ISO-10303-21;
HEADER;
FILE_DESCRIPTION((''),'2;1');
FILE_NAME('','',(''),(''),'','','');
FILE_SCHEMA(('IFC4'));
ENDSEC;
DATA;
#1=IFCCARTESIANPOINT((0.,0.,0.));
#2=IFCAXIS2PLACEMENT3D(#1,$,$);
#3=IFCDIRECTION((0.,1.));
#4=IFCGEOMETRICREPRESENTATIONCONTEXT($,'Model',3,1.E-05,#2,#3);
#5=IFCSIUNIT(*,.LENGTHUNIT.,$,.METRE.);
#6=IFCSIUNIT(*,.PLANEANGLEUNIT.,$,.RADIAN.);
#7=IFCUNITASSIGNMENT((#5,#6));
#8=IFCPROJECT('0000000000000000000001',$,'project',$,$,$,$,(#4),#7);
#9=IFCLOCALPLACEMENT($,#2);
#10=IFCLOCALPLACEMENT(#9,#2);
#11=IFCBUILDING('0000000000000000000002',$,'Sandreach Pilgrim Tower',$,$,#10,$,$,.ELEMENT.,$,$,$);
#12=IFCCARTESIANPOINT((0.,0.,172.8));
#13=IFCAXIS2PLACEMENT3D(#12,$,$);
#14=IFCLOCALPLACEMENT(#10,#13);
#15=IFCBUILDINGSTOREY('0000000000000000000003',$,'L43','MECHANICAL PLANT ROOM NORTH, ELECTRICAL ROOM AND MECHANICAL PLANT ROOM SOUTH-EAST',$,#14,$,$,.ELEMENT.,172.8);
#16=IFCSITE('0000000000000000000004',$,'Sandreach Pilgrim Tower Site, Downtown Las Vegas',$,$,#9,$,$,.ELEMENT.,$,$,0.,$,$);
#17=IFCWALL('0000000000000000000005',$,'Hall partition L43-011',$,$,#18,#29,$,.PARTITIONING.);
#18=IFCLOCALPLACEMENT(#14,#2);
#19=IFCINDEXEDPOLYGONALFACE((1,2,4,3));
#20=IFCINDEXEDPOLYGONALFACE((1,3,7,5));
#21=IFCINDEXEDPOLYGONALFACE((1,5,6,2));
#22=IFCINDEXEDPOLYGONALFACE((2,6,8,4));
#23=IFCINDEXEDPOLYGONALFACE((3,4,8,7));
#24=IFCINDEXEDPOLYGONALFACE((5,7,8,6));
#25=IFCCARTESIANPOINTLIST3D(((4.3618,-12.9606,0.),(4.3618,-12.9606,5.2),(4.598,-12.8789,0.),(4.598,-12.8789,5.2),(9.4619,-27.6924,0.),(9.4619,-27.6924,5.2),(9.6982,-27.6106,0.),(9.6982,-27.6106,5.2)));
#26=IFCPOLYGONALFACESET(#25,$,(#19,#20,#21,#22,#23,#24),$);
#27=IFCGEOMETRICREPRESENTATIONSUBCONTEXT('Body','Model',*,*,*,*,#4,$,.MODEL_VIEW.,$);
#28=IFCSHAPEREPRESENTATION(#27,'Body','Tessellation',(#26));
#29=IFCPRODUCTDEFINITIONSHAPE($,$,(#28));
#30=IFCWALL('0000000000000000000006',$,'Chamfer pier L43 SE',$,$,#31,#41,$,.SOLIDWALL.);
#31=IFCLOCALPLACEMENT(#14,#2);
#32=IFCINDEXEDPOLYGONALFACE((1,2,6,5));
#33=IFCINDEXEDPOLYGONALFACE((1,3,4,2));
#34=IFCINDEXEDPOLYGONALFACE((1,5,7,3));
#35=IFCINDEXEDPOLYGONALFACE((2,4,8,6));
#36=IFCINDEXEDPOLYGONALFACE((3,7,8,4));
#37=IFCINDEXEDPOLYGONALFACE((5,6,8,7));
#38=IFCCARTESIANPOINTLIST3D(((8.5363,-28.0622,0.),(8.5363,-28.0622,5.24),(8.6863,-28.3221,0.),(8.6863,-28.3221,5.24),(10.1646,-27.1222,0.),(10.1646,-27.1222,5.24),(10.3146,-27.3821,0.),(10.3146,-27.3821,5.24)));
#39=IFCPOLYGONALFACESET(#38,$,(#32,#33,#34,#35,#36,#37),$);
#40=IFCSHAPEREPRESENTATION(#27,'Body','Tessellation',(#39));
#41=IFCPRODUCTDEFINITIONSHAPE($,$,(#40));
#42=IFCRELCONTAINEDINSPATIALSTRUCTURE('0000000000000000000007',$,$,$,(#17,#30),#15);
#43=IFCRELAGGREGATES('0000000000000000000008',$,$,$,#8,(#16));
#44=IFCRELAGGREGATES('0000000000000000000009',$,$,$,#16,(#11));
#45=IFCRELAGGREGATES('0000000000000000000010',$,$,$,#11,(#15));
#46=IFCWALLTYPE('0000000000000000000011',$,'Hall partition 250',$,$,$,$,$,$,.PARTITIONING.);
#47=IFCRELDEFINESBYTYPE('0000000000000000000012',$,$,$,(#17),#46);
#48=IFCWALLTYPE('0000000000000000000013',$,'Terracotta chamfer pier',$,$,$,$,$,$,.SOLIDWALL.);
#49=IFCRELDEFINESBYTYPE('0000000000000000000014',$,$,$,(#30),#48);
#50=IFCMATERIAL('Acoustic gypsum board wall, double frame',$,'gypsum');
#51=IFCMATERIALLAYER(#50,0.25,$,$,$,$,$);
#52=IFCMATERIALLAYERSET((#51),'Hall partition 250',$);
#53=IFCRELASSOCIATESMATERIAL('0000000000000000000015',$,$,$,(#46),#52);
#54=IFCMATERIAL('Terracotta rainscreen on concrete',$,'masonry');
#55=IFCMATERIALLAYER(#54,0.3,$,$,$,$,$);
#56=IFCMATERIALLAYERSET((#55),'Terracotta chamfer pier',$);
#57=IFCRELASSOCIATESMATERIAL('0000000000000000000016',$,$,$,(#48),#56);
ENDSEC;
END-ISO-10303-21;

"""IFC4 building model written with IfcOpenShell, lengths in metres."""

from ifc_helpers import new_model, si_unit, direction, frame, frame_2d, origin, place, context, subcontext, project, spatial, rectangle, extrude, material, layer, layer_set, type_object, element, save


model = new_model("IFC4")

# Units and contexts
model_context = context("Model", 3, precision=1e-05, world=origin(), true_north=direction((0.0, 1.0)))
body_context = subcontext(model_context, "Body", "Model", "MODEL_VIEW")
ifc_project = project(units=[si_unit("LENGTHUNIT", "METRE"), si_unit("PLANEANGLEUNIT", "RADIAN")], contexts=[model_context])

# Site, building, storey
site_placement = place(None, origin())
site = spatial("IfcSite", under=ifc_project, at=site_placement, Name="Sandreach Pilgrim Tower Site, Downtown Las Vegas", CompositionType="ELEMENT", RefElevation=0.0)
building_placement = place(site_placement, origin())
building = spatial("IfcBuilding", under=site, at=building_placement, Name="Sandreach Pilgrim Tower", CompositionType="ELEMENT")
storey_placement = place(building_placement, frame((0.0, 0.0, 172.8)))
storey = spatial("IfcBuildingStorey", under=building, at=storey_placement, Name="L43", Description="MECHANICAL PLANT ROOM NORTH, ELECTRICAL ROOM AND MECHANICAL PLANT ROOM SOUTH-EAST", CompositionType="ELEMENT", Elevation=172.8)

# Walls
ifc_material_1 = material(Name="Acoustic gypsum board wall, double frame", Category="gypsum")
ifc_layer_1 = layer(ifc_material_1, 0.25)
ifc_layer_set_1 = layer_set([ifc_layer_1], Name="Hall partition 250")
wall_type_1 = type_object("IfcWallType", Name="Hall partition 250", PredefinedType="PARTITIONING", material=ifc_layer_set_1)
wall_1_placement = place(storey_placement, frame((9.5801, -27.6516, 0.0), z_axis=(0.0, 0.0, 1.0), x_axis=(-0.327149, 0.944973, 0.0)))
element("IfcWall", 1, at=wall_1_placement, inside=storey, type_object=wall_type_1, Name="Hall partition L43-011", PredefinedType="PARTITIONING", context=body_context, shape_type="SweptSolid", body=[
    extrude(rectangle(XDim=15.5896, YDim=0.25, at=frame_2d((7.7949, 0.0))), origin(), (0.0, 0.0, 1.0), 5.2),
])
ifc_material_2 = material(Name="Terracotta rainscreen on concrete", Category="masonry")
ifc_layer_2 = layer(ifc_material_2, 0.3)
ifc_layer_set_2 = layer_set([ifc_layer_2], Name="Terracotta chamfer pier")
wall_type_2 = type_object("IfcWallType", Name="Terracotta chamfer pier", PredefinedType="SOLIDWALL", material=ifc_layer_set_2)
wall_2_placement = place(storey_placement, frame((10.2395, -27.2522, 0.0), z_axis=(0.0, 0.0, 1.0), x_axis=(-0.866045, -0.499966, 0.0)))
element("IfcWall", 2, at=wall_2_placement, inside=storey, type_object=wall_type_2, Name="Chamfer pier L43 SE", PredefinedType="SOLIDWALL", context=body_context, shape_type="SweptSolid", body=[
    extrude(rectangle(XDim=1.8801, YDim=0.3, at=frame_2d((0.9399, 0.0))), origin(), (0.0, 0.0, 1.0), 5.24),
])

save(model, "model.ifc")
